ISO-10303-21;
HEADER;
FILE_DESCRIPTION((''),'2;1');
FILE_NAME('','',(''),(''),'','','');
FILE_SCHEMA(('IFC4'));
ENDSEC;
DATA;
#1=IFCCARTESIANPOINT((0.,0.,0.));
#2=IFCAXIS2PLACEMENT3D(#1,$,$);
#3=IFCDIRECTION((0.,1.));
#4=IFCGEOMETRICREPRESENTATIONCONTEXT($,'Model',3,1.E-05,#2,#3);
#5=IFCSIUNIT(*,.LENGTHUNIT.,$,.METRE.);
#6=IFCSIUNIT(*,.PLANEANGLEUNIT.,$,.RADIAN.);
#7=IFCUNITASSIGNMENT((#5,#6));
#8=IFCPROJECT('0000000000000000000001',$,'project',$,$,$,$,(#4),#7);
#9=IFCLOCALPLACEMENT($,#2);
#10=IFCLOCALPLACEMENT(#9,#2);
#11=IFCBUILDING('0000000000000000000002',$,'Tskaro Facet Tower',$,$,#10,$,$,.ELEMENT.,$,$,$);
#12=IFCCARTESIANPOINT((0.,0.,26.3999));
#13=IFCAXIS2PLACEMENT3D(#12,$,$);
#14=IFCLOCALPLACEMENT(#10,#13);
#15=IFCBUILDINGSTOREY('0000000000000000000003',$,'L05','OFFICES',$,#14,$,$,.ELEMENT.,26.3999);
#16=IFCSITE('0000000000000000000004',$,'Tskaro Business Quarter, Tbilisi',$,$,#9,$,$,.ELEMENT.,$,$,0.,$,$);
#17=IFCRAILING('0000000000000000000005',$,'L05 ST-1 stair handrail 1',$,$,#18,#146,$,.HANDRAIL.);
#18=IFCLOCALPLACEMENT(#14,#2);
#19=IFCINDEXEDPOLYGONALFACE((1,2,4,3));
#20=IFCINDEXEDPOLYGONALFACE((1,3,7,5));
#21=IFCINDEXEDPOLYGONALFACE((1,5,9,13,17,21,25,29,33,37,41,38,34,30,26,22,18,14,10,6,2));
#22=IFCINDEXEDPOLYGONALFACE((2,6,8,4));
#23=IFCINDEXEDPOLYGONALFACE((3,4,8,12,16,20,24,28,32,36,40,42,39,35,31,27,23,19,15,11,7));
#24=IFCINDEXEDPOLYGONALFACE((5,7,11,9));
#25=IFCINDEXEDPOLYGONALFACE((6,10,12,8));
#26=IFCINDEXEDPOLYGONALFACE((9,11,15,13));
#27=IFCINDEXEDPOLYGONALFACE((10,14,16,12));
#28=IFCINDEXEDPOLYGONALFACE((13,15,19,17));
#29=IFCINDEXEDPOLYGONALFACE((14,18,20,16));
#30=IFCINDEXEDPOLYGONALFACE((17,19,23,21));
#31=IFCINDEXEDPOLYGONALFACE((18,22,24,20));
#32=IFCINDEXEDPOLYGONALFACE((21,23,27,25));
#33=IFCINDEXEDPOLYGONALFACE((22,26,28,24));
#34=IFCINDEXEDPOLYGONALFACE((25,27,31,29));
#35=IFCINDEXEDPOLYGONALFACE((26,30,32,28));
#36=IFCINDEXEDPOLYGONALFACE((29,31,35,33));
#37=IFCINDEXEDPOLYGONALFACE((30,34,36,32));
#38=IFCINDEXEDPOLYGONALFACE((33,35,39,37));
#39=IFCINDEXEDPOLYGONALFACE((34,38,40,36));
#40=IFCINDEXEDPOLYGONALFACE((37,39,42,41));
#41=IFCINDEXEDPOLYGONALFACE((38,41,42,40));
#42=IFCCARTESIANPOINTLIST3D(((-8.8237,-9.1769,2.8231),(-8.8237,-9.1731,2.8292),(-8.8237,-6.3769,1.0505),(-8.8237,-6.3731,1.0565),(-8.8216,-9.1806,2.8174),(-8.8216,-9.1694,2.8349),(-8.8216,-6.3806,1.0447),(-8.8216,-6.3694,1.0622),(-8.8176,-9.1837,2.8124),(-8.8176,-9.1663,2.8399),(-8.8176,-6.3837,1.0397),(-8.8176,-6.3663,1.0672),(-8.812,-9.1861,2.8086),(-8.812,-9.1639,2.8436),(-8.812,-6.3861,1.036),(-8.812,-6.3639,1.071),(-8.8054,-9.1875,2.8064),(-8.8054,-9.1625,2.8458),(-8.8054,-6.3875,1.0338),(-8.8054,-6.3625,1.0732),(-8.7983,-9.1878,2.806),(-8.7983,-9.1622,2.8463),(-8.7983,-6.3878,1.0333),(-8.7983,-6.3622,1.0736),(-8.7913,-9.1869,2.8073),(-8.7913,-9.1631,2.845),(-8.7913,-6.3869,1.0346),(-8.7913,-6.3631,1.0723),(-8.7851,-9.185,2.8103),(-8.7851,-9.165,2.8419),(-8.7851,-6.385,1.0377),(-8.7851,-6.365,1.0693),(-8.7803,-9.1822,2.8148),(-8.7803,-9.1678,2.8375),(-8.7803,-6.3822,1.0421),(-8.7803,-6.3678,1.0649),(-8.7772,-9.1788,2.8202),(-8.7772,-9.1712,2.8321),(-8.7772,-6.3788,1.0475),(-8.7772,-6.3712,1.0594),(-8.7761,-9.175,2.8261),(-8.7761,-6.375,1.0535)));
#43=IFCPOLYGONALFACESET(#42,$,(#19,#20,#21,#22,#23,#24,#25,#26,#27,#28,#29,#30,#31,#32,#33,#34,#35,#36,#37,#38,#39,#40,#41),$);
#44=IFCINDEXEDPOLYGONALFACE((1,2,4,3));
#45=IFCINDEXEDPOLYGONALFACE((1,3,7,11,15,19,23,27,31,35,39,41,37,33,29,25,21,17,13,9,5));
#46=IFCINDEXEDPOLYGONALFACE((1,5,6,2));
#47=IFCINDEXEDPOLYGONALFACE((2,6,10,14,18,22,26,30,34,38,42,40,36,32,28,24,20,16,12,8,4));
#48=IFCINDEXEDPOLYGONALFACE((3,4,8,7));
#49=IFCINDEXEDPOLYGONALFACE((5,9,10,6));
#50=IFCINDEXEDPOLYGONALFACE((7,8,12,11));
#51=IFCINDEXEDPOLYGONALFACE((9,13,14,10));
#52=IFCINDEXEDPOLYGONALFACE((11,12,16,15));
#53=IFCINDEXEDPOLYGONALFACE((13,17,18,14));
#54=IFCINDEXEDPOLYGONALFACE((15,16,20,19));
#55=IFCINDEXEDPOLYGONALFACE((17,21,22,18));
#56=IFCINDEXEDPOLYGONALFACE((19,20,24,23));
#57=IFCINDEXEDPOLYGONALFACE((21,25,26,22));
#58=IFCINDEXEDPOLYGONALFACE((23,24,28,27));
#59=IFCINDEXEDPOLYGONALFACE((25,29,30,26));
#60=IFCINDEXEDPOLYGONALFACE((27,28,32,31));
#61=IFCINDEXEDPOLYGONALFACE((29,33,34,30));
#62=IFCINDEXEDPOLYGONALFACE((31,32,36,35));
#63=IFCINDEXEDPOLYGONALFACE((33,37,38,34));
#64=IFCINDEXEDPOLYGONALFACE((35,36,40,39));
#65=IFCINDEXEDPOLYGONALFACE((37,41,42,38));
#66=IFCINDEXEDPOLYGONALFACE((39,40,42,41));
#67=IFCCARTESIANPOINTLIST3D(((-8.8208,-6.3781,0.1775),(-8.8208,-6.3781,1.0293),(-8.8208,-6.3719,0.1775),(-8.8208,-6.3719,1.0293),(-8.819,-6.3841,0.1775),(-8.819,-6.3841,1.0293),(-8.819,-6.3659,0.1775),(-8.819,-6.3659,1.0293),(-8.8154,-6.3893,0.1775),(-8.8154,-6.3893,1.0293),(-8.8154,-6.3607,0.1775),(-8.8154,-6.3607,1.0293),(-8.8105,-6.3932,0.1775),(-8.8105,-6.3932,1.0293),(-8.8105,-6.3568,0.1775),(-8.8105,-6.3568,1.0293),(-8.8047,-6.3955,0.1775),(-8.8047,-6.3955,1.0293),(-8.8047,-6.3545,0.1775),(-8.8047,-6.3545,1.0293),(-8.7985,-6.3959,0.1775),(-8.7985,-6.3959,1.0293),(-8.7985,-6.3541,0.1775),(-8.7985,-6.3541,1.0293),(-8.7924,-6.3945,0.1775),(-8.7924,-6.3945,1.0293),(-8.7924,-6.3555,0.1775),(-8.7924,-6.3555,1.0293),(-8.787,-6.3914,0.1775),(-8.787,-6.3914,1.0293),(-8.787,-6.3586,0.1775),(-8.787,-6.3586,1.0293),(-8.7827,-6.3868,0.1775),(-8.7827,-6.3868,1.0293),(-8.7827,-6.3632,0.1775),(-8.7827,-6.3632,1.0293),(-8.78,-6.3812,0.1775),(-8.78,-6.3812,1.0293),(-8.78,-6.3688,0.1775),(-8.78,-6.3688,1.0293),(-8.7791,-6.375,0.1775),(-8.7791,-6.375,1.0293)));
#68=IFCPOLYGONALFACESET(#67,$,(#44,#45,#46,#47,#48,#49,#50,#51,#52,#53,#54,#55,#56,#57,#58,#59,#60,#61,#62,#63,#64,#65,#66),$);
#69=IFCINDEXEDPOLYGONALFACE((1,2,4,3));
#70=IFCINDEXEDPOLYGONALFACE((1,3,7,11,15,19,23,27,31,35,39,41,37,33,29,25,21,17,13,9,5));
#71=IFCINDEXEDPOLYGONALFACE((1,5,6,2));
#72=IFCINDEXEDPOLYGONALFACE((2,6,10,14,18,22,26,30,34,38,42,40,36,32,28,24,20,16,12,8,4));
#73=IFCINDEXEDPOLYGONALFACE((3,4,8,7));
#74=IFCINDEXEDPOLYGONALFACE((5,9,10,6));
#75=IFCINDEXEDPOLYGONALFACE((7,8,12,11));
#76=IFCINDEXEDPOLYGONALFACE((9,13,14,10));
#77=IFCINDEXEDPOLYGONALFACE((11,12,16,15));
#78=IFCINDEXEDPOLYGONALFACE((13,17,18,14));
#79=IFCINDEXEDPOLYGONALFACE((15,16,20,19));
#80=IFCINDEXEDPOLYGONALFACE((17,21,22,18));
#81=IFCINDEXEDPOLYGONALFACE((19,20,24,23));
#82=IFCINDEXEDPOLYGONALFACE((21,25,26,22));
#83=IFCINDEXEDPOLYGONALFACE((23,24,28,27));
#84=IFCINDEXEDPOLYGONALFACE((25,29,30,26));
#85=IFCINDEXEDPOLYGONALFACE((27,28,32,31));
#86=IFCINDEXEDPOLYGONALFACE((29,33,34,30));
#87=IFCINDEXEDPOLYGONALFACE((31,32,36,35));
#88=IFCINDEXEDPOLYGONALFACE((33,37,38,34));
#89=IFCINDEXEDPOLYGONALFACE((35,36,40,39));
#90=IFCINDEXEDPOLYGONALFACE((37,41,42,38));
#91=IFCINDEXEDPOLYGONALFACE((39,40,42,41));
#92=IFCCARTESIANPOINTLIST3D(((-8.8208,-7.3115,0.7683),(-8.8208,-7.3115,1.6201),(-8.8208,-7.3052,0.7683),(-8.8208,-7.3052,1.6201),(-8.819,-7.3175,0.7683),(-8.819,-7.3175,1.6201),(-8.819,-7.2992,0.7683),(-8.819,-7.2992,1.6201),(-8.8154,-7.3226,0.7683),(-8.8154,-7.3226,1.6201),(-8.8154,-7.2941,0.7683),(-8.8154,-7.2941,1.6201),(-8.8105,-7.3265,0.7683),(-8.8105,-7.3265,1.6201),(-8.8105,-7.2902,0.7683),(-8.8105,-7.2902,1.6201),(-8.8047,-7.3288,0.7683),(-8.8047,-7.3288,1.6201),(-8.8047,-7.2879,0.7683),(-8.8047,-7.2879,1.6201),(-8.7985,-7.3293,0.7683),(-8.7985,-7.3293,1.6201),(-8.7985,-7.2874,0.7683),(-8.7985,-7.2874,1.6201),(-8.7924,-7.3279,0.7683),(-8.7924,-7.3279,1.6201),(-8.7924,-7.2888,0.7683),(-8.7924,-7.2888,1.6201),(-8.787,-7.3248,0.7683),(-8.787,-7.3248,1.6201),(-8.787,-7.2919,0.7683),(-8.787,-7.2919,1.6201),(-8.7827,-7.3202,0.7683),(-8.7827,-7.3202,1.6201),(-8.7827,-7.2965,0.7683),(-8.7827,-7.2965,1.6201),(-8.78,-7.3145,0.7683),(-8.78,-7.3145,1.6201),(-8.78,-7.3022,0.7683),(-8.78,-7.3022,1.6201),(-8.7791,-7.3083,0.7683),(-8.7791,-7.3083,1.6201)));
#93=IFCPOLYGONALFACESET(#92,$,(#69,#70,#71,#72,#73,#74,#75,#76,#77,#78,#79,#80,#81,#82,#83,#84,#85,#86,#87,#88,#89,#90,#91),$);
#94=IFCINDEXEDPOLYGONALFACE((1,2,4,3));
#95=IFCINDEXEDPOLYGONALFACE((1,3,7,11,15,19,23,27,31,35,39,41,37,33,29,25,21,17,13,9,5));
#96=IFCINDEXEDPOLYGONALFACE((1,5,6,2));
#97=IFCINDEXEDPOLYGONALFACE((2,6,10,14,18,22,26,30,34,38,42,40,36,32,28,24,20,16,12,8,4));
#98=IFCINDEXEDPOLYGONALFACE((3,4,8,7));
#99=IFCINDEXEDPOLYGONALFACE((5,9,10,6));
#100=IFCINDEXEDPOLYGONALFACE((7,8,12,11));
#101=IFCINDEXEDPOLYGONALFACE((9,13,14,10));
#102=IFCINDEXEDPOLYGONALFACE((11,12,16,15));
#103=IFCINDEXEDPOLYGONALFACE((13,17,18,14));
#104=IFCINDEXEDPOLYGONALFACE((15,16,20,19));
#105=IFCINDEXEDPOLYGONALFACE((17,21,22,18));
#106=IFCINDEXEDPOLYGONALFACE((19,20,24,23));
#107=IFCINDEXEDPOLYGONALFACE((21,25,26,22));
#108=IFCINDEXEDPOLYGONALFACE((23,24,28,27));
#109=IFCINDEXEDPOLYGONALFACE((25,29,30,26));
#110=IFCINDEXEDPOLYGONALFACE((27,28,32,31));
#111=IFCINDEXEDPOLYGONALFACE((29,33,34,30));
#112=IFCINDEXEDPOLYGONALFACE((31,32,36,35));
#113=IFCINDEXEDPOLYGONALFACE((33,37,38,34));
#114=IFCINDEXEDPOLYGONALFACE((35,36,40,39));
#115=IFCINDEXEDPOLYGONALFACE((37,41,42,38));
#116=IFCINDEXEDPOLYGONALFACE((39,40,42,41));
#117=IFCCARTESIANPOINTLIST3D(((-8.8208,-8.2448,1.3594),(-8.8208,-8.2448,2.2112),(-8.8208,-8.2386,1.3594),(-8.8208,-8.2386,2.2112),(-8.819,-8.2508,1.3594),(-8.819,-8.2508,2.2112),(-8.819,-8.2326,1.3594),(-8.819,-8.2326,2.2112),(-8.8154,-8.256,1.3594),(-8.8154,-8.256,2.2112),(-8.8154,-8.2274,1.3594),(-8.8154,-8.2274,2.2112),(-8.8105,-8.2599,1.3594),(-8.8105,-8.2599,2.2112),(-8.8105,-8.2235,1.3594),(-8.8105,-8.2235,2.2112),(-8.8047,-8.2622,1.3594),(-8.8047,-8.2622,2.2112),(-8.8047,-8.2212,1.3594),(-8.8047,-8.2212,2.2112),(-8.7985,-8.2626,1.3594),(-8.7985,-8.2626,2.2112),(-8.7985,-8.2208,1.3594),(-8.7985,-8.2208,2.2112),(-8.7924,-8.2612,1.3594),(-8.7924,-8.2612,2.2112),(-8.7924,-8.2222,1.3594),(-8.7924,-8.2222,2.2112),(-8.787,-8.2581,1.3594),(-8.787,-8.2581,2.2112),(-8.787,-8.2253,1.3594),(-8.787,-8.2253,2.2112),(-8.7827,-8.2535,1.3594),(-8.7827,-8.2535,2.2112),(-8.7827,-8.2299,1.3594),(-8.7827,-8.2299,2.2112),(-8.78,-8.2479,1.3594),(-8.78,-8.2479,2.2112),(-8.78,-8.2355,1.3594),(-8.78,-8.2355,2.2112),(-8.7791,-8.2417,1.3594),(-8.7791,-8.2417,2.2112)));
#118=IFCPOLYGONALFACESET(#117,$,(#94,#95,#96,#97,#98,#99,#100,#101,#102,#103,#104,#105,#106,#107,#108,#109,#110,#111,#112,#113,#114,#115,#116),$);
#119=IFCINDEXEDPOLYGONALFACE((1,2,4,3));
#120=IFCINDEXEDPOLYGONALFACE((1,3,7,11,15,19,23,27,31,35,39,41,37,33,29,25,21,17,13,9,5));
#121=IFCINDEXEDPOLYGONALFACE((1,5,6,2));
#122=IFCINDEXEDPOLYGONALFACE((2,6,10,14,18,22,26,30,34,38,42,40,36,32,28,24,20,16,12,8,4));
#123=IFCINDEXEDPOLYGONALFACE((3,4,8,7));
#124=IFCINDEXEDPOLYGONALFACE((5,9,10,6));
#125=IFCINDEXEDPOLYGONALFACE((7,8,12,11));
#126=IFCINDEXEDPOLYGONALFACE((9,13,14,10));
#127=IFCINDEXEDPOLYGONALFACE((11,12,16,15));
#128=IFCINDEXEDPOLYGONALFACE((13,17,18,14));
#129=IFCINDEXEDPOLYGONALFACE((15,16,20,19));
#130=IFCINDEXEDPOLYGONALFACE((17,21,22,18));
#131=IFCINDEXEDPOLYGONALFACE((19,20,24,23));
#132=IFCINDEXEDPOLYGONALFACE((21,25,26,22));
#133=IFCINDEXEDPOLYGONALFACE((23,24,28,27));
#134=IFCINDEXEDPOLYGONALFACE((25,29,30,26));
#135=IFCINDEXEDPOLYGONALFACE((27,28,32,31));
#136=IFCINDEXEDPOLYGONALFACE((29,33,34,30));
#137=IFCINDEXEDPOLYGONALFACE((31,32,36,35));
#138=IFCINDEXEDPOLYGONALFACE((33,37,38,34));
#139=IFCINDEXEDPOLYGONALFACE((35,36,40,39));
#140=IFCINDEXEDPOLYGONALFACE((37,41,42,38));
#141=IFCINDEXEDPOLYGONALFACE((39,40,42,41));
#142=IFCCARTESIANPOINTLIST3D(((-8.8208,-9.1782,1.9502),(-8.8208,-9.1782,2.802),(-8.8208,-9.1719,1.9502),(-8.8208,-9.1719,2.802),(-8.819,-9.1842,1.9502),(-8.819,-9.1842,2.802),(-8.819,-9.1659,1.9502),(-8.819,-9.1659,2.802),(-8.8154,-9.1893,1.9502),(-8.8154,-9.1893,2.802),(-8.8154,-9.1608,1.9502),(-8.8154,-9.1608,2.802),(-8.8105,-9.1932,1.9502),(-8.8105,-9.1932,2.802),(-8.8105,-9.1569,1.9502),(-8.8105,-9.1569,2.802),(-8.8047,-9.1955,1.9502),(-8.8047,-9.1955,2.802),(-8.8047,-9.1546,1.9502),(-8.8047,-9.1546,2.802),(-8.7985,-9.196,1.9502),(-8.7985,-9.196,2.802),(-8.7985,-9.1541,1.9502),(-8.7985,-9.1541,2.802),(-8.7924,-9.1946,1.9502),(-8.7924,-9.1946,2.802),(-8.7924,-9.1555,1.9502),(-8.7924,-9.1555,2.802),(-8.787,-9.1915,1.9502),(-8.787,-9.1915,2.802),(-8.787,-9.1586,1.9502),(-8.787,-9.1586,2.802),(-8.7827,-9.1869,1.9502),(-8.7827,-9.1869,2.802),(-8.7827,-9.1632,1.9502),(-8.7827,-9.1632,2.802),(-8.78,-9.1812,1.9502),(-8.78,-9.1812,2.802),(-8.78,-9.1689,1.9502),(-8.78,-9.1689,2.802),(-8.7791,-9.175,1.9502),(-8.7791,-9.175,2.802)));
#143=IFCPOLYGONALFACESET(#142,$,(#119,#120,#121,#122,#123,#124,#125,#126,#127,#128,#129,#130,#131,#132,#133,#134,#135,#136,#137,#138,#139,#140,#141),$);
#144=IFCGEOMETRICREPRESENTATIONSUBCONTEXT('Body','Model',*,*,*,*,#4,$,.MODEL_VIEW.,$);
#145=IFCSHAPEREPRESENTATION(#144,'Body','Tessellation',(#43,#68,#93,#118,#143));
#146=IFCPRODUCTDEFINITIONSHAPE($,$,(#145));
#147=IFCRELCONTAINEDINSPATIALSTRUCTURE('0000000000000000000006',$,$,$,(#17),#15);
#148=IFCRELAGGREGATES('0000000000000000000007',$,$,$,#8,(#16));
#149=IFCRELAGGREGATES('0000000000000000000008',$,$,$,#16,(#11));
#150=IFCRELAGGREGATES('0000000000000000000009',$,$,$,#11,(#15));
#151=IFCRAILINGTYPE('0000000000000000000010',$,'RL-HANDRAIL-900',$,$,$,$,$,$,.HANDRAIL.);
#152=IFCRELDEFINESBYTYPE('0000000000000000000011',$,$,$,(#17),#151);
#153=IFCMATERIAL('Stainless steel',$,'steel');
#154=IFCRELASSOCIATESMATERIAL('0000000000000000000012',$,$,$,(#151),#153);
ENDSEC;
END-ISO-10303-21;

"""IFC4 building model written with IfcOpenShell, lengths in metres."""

from ifc_helpers import new_model, si_unit, direction, frame, origin, origin_2d, place, context, subcontext, project, spatial, circle, extrude, material, type_object, element, save


model = new_model("IFC4")

# Units and contexts
model_context = context("Model", 3, precision=1e-05, world=origin(), true_north=direction((0.0, 1.0)))
body_context = subcontext(model_context, "Body", "Model", "MODEL_VIEW")
ifc_project = project(units=[si_unit("LENGTHUNIT", "METRE"), si_unit("PLANEANGLEUNIT", "RADIAN")], contexts=[model_context])

# Site, building, storey
site_placement = place(None, origin())
site = spatial("IfcSite", under=ifc_project, at=site_placement, Name="Tskaro Business Quarter, Tbilisi", CompositionType="ELEMENT", RefElevation=0.0)
building_placement = place(site_placement, origin())
building = spatial("IfcBuilding", under=site, at=building_placement, Name="Tskaro Facet Tower", CompositionType="ELEMENT")
storey_placement = place(building_placement, frame((0.0, 0.0, 26.3999)))
storey = spatial("IfcBuildingStorey", under=building, at=storey_placement, Name="L05", Description="OFFICES", CompositionType="ELEMENT", Elevation=26.3999)

# Railing
ifc_material_1 = material(Name="Stainless steel", Category="steel")
railing_type = type_object("IfcRailingType", Name="RL-HANDRAIL-900", PredefinedType="HANDRAIL", material=ifc_material_1)
railing_placement = place(storey_placement, frame((-8.8, -6.375, 0.1775)))
element("IfcRailing", 1, at=railing_placement, inside=storey, type_object=railing_type, Name="L05 ST-1 stair handrail 1", PredefinedType="HANDRAIL", context=body_context, shape_type="SweptSolid", body=[
    extrude(circle(Radius=0.0239, at=origin_2d()), frame((0.0, 0.0, 0.876), z_axis=(0.0, -0.844909, 0.53491), x_axis=(1.0, 0.0, 0.0)), (0.0, 0.0, 1.0), 3.314),
    extrude(circle(Radius=0.021, at=origin_2d()), origin(), (0.0, 0.0, 1.0), 0.8518),
    extrude(circle(Radius=0.021, at=origin_2d()), frame((0.0, -0.9333, 0.5908)), (0.0, 0.0, 1.0), 0.8518),
    extrude(circle(Radius=0.021, at=origin_2d()), frame((0.0, -1.8667, 1.1819)), (0.0, 0.0, 1.0), 0.8518),
    extrude(circle(Radius=0.021, at=origin_2d()), frame((0.0, -2.8, 1.7727)), (0.0, 0.0, 1.0), 0.8518),
])

save(model, "model.ifc")
